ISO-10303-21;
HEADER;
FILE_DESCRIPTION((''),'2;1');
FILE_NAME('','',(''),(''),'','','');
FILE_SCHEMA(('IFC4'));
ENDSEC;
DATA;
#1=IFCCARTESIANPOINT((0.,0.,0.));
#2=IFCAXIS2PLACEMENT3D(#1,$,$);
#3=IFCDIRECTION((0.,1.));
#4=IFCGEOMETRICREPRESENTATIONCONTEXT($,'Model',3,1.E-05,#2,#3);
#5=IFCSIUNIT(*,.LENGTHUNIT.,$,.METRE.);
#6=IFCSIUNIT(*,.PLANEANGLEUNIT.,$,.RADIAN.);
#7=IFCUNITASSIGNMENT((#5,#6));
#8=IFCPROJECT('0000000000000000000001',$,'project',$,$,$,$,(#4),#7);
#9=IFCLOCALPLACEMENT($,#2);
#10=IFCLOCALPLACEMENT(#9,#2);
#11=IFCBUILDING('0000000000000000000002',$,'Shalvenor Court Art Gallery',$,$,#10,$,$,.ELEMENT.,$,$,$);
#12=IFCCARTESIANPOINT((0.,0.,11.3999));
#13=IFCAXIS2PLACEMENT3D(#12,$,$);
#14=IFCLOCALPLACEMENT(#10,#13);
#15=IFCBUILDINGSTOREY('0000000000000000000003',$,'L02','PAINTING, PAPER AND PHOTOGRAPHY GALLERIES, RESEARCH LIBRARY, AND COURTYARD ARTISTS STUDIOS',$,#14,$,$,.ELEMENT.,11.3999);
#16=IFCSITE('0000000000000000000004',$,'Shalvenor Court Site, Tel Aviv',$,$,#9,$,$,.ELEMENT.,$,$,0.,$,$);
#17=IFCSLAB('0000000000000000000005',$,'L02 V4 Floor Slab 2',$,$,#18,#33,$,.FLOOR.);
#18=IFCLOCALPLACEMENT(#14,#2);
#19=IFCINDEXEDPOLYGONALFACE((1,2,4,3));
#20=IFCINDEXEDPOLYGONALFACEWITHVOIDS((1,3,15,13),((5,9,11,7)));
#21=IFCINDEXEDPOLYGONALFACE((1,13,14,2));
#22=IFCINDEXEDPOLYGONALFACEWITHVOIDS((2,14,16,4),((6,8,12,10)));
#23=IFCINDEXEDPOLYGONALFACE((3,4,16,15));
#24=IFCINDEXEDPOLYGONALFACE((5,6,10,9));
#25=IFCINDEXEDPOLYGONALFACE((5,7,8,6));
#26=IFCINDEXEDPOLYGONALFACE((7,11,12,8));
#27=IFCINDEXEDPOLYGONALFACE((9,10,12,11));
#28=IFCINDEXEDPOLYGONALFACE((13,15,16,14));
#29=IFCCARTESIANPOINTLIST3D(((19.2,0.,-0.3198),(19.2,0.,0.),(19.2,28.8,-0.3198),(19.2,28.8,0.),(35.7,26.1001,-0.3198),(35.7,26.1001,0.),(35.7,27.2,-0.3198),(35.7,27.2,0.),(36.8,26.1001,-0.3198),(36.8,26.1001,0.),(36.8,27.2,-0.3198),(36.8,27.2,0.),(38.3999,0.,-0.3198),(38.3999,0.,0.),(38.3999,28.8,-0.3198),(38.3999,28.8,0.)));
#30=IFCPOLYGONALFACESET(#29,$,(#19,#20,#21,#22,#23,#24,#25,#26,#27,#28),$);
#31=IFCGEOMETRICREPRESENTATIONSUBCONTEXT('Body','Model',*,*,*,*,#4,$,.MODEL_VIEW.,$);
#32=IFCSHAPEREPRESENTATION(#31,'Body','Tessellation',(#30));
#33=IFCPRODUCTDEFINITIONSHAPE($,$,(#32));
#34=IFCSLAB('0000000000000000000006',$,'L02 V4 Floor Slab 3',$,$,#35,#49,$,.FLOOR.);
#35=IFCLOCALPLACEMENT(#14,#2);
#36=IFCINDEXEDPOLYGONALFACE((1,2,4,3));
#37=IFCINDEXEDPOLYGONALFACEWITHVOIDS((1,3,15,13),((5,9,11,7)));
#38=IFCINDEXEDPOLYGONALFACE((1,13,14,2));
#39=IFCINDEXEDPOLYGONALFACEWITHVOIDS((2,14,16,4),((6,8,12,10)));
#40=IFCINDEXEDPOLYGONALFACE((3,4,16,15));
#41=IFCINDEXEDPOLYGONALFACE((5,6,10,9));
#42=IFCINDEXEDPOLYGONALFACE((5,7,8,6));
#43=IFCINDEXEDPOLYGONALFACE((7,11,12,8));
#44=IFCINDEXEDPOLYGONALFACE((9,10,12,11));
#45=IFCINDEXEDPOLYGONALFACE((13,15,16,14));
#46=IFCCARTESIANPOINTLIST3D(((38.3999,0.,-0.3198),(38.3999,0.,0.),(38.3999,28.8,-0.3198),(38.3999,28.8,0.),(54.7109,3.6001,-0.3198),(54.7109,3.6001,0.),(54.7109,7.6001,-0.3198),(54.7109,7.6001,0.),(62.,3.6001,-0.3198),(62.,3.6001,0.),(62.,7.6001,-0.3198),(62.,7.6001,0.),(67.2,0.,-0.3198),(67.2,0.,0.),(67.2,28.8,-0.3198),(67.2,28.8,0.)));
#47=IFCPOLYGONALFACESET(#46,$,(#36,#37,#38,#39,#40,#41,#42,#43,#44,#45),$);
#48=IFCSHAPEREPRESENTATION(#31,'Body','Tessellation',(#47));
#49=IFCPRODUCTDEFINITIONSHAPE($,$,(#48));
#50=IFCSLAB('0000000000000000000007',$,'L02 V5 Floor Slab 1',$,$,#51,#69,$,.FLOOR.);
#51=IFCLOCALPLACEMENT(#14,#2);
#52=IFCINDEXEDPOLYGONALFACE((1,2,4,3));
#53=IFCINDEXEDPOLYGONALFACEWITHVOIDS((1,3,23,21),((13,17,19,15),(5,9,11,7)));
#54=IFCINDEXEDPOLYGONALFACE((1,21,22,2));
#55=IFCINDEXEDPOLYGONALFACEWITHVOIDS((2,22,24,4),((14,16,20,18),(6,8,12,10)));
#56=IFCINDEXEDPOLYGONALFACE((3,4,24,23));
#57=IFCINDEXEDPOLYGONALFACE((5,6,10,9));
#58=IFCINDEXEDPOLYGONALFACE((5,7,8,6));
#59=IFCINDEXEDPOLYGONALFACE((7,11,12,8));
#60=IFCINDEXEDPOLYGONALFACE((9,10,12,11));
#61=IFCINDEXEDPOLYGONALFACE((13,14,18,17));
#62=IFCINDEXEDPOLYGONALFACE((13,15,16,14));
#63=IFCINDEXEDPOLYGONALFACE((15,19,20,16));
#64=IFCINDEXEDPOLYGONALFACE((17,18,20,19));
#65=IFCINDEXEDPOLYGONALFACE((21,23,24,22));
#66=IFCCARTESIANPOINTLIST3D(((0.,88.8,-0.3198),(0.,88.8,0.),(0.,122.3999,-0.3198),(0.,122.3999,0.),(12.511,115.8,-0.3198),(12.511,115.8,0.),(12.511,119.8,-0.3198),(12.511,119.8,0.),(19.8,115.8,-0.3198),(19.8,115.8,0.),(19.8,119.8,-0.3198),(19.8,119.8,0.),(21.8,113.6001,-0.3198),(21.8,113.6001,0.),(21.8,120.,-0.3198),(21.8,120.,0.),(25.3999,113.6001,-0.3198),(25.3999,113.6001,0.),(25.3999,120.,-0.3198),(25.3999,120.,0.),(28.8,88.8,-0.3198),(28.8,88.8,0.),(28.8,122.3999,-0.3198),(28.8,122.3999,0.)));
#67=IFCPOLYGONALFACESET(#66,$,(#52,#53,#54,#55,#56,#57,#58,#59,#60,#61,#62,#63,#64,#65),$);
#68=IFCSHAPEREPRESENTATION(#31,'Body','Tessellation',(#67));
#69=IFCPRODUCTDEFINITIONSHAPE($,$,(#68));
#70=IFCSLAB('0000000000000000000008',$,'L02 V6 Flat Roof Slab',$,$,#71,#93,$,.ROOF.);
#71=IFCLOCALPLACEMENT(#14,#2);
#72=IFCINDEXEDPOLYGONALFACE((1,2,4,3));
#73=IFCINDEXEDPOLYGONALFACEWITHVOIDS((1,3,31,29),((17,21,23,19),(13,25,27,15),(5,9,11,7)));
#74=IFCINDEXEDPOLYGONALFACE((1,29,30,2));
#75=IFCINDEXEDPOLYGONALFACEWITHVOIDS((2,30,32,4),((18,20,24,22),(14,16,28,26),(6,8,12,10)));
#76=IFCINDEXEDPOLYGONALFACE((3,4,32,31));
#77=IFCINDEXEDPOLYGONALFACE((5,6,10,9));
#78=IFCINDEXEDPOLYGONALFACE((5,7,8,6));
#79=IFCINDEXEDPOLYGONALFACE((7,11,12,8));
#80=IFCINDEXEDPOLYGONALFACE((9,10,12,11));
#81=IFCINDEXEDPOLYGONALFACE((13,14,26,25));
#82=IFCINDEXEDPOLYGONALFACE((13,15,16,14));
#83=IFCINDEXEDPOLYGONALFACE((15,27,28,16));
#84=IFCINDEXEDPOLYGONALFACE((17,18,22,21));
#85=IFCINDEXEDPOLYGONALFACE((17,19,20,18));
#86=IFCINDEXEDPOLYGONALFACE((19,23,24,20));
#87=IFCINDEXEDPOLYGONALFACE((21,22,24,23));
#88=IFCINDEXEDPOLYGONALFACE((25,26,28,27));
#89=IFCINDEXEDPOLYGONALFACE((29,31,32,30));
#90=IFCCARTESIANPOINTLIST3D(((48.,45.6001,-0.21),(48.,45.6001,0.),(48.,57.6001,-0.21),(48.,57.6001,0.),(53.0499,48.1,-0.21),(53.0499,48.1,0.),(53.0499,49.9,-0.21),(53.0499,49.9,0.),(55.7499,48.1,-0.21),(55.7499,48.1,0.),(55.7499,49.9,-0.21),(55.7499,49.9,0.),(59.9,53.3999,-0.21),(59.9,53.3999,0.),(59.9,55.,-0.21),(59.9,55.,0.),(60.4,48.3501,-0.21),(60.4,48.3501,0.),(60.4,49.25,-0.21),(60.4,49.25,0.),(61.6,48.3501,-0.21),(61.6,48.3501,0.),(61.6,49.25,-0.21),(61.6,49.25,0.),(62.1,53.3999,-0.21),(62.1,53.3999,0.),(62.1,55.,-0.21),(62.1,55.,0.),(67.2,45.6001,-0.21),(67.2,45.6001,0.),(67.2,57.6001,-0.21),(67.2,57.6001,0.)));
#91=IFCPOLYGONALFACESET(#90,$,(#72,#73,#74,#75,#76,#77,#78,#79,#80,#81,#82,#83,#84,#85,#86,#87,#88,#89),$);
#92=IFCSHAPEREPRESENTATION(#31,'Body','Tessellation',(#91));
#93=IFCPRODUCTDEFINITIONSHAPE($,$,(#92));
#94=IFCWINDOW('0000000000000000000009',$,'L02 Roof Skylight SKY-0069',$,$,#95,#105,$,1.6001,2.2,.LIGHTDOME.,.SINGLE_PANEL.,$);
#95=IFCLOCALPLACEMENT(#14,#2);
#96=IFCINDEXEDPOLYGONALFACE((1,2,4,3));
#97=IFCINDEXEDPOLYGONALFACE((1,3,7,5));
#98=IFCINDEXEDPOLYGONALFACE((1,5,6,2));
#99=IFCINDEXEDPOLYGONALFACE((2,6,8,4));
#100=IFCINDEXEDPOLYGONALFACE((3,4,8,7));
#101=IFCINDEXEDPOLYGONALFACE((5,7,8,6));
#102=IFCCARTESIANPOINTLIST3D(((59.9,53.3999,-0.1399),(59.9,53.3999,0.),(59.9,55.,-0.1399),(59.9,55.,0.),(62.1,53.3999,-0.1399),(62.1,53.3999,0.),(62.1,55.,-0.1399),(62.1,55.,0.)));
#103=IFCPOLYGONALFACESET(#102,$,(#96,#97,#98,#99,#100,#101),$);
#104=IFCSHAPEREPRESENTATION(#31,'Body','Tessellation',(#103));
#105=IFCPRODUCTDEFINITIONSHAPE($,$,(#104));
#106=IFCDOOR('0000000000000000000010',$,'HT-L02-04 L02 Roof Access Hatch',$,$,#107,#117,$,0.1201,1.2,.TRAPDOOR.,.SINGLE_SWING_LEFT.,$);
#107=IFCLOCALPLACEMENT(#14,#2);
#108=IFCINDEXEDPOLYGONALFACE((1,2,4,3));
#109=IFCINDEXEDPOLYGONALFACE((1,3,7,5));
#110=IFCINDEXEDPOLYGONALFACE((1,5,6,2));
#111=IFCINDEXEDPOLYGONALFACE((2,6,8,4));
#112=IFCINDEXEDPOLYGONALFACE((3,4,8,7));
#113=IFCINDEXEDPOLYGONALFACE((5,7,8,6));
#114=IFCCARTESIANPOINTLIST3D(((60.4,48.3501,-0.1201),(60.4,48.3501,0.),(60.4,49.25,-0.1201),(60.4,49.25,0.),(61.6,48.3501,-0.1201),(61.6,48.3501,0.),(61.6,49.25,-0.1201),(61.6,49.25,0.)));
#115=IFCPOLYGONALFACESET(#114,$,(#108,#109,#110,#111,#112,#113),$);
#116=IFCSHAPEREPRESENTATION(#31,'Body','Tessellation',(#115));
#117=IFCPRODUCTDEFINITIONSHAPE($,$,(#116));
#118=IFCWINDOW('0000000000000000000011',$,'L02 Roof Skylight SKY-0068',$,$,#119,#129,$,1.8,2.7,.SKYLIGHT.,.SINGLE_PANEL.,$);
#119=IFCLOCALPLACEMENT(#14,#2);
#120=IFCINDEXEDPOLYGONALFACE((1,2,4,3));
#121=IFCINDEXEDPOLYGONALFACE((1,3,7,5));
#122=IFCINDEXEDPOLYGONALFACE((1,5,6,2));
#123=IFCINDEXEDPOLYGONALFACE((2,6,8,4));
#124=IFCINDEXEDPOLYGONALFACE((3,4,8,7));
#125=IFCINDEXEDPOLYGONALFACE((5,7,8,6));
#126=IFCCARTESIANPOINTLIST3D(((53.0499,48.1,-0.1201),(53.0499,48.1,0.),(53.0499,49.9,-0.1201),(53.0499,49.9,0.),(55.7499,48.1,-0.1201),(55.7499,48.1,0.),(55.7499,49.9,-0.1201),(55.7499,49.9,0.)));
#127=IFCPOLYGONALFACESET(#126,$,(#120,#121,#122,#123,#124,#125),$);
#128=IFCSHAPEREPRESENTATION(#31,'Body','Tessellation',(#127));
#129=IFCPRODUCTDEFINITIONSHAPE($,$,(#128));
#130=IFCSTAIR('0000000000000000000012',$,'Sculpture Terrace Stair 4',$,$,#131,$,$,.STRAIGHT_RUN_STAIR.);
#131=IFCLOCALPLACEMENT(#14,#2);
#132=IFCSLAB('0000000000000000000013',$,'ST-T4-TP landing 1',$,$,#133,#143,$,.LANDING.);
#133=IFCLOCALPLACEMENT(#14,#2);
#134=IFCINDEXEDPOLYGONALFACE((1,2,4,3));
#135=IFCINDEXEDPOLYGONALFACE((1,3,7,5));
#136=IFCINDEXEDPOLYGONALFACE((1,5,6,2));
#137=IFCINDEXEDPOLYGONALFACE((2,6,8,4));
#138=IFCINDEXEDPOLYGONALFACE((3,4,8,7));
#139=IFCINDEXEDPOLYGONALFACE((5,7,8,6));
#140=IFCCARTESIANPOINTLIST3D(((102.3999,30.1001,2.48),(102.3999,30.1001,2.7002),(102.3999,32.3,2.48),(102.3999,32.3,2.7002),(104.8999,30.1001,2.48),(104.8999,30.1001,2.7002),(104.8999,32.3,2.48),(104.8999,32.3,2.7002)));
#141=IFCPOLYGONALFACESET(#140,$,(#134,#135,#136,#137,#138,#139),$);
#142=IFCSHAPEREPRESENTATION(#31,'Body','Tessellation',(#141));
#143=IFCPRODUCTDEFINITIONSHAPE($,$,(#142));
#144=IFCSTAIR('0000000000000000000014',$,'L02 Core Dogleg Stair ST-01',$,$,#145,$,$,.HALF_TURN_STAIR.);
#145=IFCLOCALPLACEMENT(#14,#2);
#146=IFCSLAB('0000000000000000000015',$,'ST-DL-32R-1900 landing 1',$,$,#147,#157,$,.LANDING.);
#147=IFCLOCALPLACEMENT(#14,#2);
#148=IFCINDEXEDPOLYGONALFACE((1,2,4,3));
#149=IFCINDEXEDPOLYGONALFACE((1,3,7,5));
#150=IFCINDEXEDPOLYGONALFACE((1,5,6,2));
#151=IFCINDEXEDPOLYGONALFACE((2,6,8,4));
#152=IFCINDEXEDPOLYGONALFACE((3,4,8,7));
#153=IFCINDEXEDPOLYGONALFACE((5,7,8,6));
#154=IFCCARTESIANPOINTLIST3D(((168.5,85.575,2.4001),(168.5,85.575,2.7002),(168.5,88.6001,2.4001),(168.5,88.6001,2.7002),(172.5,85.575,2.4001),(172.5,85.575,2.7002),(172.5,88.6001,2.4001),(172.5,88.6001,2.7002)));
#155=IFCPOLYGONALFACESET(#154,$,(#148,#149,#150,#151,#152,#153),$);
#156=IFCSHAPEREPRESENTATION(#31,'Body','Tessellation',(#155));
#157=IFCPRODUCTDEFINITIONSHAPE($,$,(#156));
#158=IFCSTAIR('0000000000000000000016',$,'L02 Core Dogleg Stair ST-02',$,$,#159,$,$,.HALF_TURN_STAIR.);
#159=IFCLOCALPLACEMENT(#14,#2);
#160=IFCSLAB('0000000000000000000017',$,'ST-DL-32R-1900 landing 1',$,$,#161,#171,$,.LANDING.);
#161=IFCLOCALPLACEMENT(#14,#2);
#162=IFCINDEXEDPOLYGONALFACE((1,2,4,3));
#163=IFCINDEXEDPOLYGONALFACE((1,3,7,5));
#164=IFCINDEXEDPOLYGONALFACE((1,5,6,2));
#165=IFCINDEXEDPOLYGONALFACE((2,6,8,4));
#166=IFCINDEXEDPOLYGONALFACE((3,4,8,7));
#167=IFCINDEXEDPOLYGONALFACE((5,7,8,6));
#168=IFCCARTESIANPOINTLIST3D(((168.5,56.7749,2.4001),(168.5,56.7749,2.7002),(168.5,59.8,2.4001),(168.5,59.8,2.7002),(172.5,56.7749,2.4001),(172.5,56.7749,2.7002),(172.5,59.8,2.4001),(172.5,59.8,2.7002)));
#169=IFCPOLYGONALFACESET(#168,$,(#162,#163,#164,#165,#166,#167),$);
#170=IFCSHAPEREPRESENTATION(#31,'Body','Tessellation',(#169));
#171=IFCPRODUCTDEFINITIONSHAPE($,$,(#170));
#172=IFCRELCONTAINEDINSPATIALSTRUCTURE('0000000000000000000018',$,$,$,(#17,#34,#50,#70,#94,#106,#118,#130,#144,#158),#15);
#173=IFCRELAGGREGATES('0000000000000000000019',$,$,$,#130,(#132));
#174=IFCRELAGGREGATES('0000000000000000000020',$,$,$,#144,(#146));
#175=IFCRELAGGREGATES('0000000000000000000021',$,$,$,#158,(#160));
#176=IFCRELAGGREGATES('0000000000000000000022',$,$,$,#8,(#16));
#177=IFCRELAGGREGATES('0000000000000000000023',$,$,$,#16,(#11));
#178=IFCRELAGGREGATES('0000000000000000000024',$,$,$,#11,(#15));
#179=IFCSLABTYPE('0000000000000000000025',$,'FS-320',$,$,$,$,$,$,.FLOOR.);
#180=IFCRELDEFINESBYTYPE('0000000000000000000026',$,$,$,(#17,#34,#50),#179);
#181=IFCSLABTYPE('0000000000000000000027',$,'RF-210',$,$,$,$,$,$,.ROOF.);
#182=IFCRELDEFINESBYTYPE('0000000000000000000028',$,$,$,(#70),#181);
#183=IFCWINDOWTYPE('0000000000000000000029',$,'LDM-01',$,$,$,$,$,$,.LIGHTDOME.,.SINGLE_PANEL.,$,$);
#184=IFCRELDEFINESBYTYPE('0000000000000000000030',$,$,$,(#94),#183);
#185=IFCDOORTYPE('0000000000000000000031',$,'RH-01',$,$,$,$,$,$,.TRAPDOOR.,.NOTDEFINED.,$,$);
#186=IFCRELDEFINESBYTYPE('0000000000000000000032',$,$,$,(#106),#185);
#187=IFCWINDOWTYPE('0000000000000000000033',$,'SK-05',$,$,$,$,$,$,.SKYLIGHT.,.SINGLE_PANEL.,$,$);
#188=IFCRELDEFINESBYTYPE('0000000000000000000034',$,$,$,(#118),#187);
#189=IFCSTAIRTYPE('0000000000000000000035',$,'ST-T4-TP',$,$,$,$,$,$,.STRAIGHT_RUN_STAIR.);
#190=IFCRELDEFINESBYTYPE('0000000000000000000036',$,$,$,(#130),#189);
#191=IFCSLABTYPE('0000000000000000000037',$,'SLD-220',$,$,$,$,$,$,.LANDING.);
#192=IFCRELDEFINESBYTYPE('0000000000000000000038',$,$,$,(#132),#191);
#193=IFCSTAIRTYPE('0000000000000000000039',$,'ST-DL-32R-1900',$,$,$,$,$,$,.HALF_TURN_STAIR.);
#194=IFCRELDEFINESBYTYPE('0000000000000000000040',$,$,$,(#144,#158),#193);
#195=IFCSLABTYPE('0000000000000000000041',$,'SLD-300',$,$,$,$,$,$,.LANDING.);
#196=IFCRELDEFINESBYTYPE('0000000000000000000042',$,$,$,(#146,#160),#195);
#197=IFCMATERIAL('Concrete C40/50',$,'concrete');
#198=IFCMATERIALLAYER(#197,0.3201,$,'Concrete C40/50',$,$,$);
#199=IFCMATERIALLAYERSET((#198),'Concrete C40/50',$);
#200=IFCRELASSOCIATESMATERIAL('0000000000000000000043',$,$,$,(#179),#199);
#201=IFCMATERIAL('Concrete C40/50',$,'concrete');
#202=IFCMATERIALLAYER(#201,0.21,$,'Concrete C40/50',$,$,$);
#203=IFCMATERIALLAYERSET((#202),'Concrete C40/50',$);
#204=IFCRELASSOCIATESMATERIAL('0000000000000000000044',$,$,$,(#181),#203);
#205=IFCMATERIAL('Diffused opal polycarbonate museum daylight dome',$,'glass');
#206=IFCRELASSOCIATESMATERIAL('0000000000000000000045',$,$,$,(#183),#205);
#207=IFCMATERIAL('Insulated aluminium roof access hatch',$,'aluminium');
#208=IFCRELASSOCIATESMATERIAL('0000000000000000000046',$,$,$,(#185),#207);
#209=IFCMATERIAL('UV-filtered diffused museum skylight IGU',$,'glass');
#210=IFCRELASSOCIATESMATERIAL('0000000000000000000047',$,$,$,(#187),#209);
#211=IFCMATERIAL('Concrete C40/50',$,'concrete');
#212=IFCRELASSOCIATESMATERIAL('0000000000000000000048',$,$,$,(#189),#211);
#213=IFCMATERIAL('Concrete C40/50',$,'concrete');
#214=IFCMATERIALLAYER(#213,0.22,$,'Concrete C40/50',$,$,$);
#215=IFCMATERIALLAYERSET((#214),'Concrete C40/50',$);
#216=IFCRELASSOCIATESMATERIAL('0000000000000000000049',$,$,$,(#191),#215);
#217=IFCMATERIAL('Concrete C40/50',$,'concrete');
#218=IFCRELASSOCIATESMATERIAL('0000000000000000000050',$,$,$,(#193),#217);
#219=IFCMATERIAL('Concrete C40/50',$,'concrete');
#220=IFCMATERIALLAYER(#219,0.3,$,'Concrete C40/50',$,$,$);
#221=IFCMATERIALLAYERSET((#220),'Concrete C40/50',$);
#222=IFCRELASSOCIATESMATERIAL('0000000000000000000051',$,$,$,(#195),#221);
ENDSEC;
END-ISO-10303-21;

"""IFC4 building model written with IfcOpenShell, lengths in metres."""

from ifc_helpers import new_model, si_unit, direction, frame, origin, origin_2d, place, context, subcontext, project, spatial, polyline, rectangle, outline, extrude, material, layer, layer_set, type_object, element, fill, aggregate, save


model = new_model("IFC4")

# Units and contexts
model_context = context("Model", 3, precision=1e-05, world=origin(), true_north=direction((0.0, 1.0)))
body_context = subcontext(model_context, "Body", "Model", "MODEL_VIEW")
ifc_project = project(units=[si_unit("LENGTHUNIT", "METRE"), si_unit("PLANEANGLEUNIT", "RADIAN")], contexts=[model_context])

# Site, building, storey
site_placement = place(None, origin())
site = spatial("IfcSite", under=ifc_project, at=site_placement, Name="Shalvenor Court Site, Tel Aviv", CompositionType="ELEMENT", RefElevation=0.0)
building_placement = place(site_placement, origin())
building = spatial("IfcBuilding", under=site, at=building_placement, Name="Shalvenor Court Art Gallery", CompositionType="ELEMENT")
storey_placement = place(building_placement, frame((0.0, 0.0, 11.3999)))
storey = spatial("IfcBuildingStorey", under=building, at=storey_placement, Name="L02", Description="PAINTING, PAPER AND PHOTOGRAPHY GALLERIES, RESEARCH LIBRARY, AND COURTYARD ARTISTS STUDIOS", CompositionType="ELEMENT", Elevation=11.3999)

# Slabs
ifc_material_1 = material(Name="Concrete C40/50", Category="concrete")
ifc_layer_1 = layer(ifc_material_1, 0.3201, Name="Concrete C40/50")
ifc_layer_set_1 = layer_set([ifc_layer_1], Name="Concrete C40/50")
slab_type_1 = type_object("IfcSlabType", Name="FS-320", PredefinedType="FLOOR", material=ifc_layer_set_1)
slab_1_placement = place(storey_placement, frame((0.0, 0.0, -0.3198)))
element("IfcSlab", 1, at=slab_1_placement, inside=storey, type_object=slab_type_1, Name="L02 V4 Floor Slab 2", PredefinedType="FLOOR", context=body_context, shape_type="SweptSolid", body=[
    extrude(outline(polyline([(38.3999, 28.8), (38.3999, 0.0), (19.2, 0.0), (19.2, 28.8), (38.3999, 28.8)]), holes=[polyline([(35.7, 26.1001), (36.8, 26.1001), (36.8, 27.2), (35.7, 27.2), (35.7, 26.1001)])]), origin(), (0.0, 0.0, 1.0), 0.3198),
])
slab_2_placement = place(storey_placement, frame((0.0, 0.0, -0.3198)))
element("IfcSlab", 2, at=slab_2_placement, inside=storey, type_object=slab_type_1, Name="L02 V4 Floor Slab 3", PredefinedType="FLOOR", context=body_context, shape_type="SweptSolid", body=[
    extrude(outline(polyline([(67.2, 28.8), (67.2, 0.0), (38.3999, 0.0), (38.3999, 28.8), (67.2, 28.8)]), holes=[polyline([(54.7109, 7.6001), (54.7109, 3.6001), (62.0, 3.6001), (62.0, 7.6001), (54.7109, 7.6001)])]), origin(), (0.0, 0.0, 1.0), 0.3198),
])
slab_3_placement = place(storey_placement, frame((0.0, 0.0, -0.3198)))
element("IfcSlab", 3, at=slab_3_placement, inside=storey, type_object=slab_type_1, Name="L02 V5 Floor Slab 1", PredefinedType="FLOOR", context=body_context, shape_type="SweptSolid", body=[
    extrude(outline(polyline([(28.8, 122.3999), (28.8, 88.8), (0.0, 88.8), (0.0, 122.3999), (28.8, 122.3999)]), holes=[polyline([(12.511, 115.8), (19.8, 115.8), (19.8, 119.8), (12.511, 119.8), (12.511, 115.8)]), polyline([(21.8, 120.0), (21.8, 113.6001), (25.3999, 113.6001), (25.3999, 120.0), (21.8, 120.0)])]), origin(), (0.0, 0.0, 1.0), 0.3198),
])

# Slab, openings, windows, door
ifc_material_2 = material(Name="Concrete C40/50", Category="concrete")
ifc_layer_2 = layer(ifc_material_2, 0.21, Name="Concrete C40/50")
ifc_layer_set_2 = layer_set([ifc_layer_2], Name="Concrete C40/50")
slab_type_2 = type_object("IfcSlabType", Name="RF-210", PredefinedType="ROOF", material=ifc_layer_set_2)
slab_4_placement = place(storey_placement, frame((0.0, 0.0, -0.21)))
slab_4 = element("IfcSlab", 4, at=slab_4_placement, inside=storey, type_object=slab_type_2, Name="L02 V6 Flat Roof Slab", PredefinedType="ROOF", context=body_context, shape_type="SweptSolid", body=[
    extrude(outline(polyline([(67.2, 45.6001), (67.2, 57.6001), (48.0, 57.6001), (48.0, 45.6001), (67.2, 45.6001)])), origin(), (0.0, 0.0, 1.0), 0.21),
])
opening_1_placement = place(slab_4_placement, frame((61.0, 48.8, -0.01), z_axis=(0.0, 0.0, 1.0), x_axis=(1.0, 0.0, 0.0)))
opening_1 = element("IfcOpeningElement", 5, at=opening_1_placement, cuts=slab_4, PredefinedType="OPENING", context=body_context, shape_type="SweptSolid", body=[
    extrude(rectangle(XDim=1.2, YDim=0.8999, at=origin_2d()), origin(), (0.0, 0.0, 1.0), 0.23),
])
opening_2_placement = place(slab_4_placement, frame((54.3999, 49.0, -0.01), z_axis=(0.0, 0.0, 1.0), x_axis=(1.0, 0.0, 0.0)))
opening_2 = element("IfcOpeningElement", 6, at=opening_2_placement, cuts=slab_4, PredefinedType="OPENING", context=body_context, shape_type="SweptSolid", body=[
    extrude(rectangle(XDim=2.7, YDim=1.8, at=origin_2d()), origin(), (0.0, 0.0, 1.0), 0.23),
])
opening_3_placement = place(slab_4_placement, frame((61.0, 54.2, -0.01), z_axis=(0.0, 0.0, 1.0), x_axis=(1.0, 0.0, 0.0)))
opening_3 = element("IfcOpeningElement", 7, at=opening_3_placement, cuts=slab_4, PredefinedType="OPENING", context=body_context, shape_type="SweptSolid", body=[
    extrude(rectangle(XDim=2.2, YDim=1.6001, at=origin_2d()), origin(), (0.0, 0.0, 1.0), 0.23),
])
ifc_material_3 = material(Name="Diffused opal polycarbonate museum daylight dome", Category="glass")
window_type_1 = type_object("IfcWindowType", Name="LDM-01", PartitioningType="SINGLE_PANEL", PredefinedType="LIGHTDOME", material=ifc_material_3)
window_1_placement = place(slab_4_placement, frame((61.0, 54.2, 0.0701), z_axis=(0.0, 0.0, 1.0), x_axis=(1.0, 0.0, 0.0)))
window_1 = element("IfcWindow", 8, at=window_1_placement, inside=storey, type_object=window_type_1, Name="L02 Roof Skylight SKY-0069", OverallHeight=1.6001, OverallWidth=2.2, PartitioningType="SINGLE_PANEL", PredefinedType="LIGHTDOME", context=body_context, shape_type="SweptSolid", body=[
    extrude(rectangle(XDim=2.2, YDim=1.6001, at=origin_2d()), origin(), (0.0, 0.0, 1.0), 0.1399),
])
fill(opening_3, window_1)
ifc_material_4 = material(Name="Insulated aluminium roof access hatch", Category="aluminium")
door_type = type_object("IfcDoorType", Name="RH-01", OperationType="NOTDEFINED", PredefinedType="TRAPDOOR", material=ifc_material_4)
door_placement = place(slab_4_placement, frame((61.0, 48.8, 0.0898), z_axis=(0.0, 0.0, 1.0), x_axis=(1.0, 0.0, 0.0)))
door = element("IfcDoor", 9, at=door_placement, inside=storey, type_object=door_type, Name="HT-L02-04 L02 Roof Access Hatch", OperationType="SINGLE_SWING_LEFT", OverallHeight=0.1201, OverallWidth=1.2, PredefinedType="TRAPDOOR", context=body_context, shape_type="SweptSolid", body=[
    extrude(rectangle(XDim=1.2, YDim=0.8999, at=origin_2d()), origin(), (0.0, 0.0, 1.0), 0.1201),
])
fill(opening_1, door)
ifc_material_5 = material(Name="UV-filtered diffused museum skylight IGU", Category="glass")
window_type_2 = type_object("IfcWindowType", Name="SK-05", PartitioningType="SINGLE_PANEL", PredefinedType="SKYLIGHT", material=ifc_material_5)
window_2_placement = place(slab_4_placement, frame((54.3999, 49.0, 0.0898), z_axis=(0.0, 0.0, 1.0), x_axis=(1.0, 0.0, 0.0)))
window_2 = element("IfcWindow", 10, at=window_2_placement, inside=storey, type_object=window_type_2, Name="L02 Roof Skylight SKY-0068", OverallHeight=1.8, OverallWidth=2.7, PartitioningType="SINGLE_PANEL", PredefinedType="SKYLIGHT", context=body_context, shape_type="SweptSolid", body=[
    extrude(rectangle(XDim=2.7, YDim=1.8, at=origin_2d()), origin(), (0.0, 0.0, 1.0), 0.1201),
])
fill(opening_2, window_2)

# Stairs, slabs
ifc_material_6 = material(Name="Concrete C40/50", Category="concrete")
stair_type_1 = type_object("IfcStairType", Name="ST-T4-TP", PredefinedType="STRAIGHT_RUN_STAIR", material=ifc_material_6)
stair_1_placement = place(storey_placement, origin())
stair_1 = element("IfcStair", 11, at=stair_1_placement, inside=storey, type_object=stair_type_1, Name="Sculpture Terrace Stair 4", PredefinedType="STRAIGHT_RUN_STAIR")
ifc_material_7 = material(Name="Concrete C40/50", Category="concrete")
ifc_layer_3 = layer(ifc_material_7, 0.22, Name="Concrete C40/50")
ifc_layer_set_3 = layer_set([ifc_layer_3], Name="Concrete C40/50")
slab_type_3 = type_object("IfcSlabType", Name="SLD-220", PredefinedType="LANDING", material=ifc_layer_set_3)
slab_5_placement = place(storey_placement, frame((0.0, 0.0, 2.48)))
slab_5 = element("IfcSlab", 12, at=slab_5_placement, type_object=slab_type_3, Name="ST-T4-TP landing 1", PredefinedType="LANDING", context=body_context, shape_type="SweptSolid", body=[
    extrude(outline(polyline([(102.3999, 30.1001), (104.8999, 30.1001), (104.8999, 32.3), (102.3999, 32.3), (102.3999, 30.1001)])), origin(), (0.0, 0.0, 1.0), 0.2202),
])
aggregate(stair_1, [slab_5])
ifc_material_8 = material(Name="Concrete C40/50", Category="concrete")
stair_type_2 = type_object("IfcStairType", Name="ST-DL-32R-1900", PredefinedType="HALF_TURN_STAIR", material=ifc_material_8)
stair_2_placement = place(storey_placement, origin())
stair_2 = element("IfcStair", 13, at=stair_2_placement, inside=storey, type_object=stair_type_2, Name="L02 Core Dogleg Stair ST-01", PredefinedType="HALF_TURN_STAIR")
ifc_material_9 = material(Name="Concrete C40/50", Category="concrete")
ifc_layer_4 = layer(ifc_material_9, 0.3, Name="Concrete C40/50")
ifc_layer_set_4 = layer_set([ifc_layer_4], Name="Concrete C40/50")
slab_type_4 = type_object("IfcSlabType", Name="SLD-300", PredefinedType="LANDING", material=ifc_layer_set_4)
slab_6_placement = place(storey_placement, frame((0.0, 0.0, 2.4001)))
slab_6 = element("IfcSlab", 14, at=slab_6_placement, type_object=slab_type_4, Name="ST-DL-32R-1900 landing 1", PredefinedType="LANDING", context=body_context, shape_type="SweptSolid", body=[
    extrude(outline(polyline([(172.5, 85.575), (172.5, 88.6001), (168.5, 88.6001), (168.5, 85.575), (172.5, 85.575)])), origin(), (0.0, 0.0, 1.0), 0.3),
])
aggregate(stair_2, [slab_6])
stair_3_placement = place(storey_placement, origin())
stair_3 = element("IfcStair", 15, at=stair_3_placement, inside=storey, type_object=stair_type_2, Name="L02 Core Dogleg Stair ST-02", PredefinedType="HALF_TURN_STAIR")
slab_7_placement = place(storey_placement, frame((0.0, 0.0, 2.4001)))
slab_7 = element("IfcSlab", 16, at=slab_7_placement, type_object=slab_type_4, Name="ST-DL-32R-1900 landing 1", PredefinedType="LANDING", context=body_context, shape_type="SweptSolid", body=[
    extrude(outline(polyline([(172.5, 56.7749), (172.5, 59.8), (168.5, 59.8), (168.5, 56.7749), (172.5, 56.7749)])), origin(), (0.0, 0.0, 1.0), 0.3),
])
aggregate(stair_3, [slab_7])

save(model, "model.ifc")
